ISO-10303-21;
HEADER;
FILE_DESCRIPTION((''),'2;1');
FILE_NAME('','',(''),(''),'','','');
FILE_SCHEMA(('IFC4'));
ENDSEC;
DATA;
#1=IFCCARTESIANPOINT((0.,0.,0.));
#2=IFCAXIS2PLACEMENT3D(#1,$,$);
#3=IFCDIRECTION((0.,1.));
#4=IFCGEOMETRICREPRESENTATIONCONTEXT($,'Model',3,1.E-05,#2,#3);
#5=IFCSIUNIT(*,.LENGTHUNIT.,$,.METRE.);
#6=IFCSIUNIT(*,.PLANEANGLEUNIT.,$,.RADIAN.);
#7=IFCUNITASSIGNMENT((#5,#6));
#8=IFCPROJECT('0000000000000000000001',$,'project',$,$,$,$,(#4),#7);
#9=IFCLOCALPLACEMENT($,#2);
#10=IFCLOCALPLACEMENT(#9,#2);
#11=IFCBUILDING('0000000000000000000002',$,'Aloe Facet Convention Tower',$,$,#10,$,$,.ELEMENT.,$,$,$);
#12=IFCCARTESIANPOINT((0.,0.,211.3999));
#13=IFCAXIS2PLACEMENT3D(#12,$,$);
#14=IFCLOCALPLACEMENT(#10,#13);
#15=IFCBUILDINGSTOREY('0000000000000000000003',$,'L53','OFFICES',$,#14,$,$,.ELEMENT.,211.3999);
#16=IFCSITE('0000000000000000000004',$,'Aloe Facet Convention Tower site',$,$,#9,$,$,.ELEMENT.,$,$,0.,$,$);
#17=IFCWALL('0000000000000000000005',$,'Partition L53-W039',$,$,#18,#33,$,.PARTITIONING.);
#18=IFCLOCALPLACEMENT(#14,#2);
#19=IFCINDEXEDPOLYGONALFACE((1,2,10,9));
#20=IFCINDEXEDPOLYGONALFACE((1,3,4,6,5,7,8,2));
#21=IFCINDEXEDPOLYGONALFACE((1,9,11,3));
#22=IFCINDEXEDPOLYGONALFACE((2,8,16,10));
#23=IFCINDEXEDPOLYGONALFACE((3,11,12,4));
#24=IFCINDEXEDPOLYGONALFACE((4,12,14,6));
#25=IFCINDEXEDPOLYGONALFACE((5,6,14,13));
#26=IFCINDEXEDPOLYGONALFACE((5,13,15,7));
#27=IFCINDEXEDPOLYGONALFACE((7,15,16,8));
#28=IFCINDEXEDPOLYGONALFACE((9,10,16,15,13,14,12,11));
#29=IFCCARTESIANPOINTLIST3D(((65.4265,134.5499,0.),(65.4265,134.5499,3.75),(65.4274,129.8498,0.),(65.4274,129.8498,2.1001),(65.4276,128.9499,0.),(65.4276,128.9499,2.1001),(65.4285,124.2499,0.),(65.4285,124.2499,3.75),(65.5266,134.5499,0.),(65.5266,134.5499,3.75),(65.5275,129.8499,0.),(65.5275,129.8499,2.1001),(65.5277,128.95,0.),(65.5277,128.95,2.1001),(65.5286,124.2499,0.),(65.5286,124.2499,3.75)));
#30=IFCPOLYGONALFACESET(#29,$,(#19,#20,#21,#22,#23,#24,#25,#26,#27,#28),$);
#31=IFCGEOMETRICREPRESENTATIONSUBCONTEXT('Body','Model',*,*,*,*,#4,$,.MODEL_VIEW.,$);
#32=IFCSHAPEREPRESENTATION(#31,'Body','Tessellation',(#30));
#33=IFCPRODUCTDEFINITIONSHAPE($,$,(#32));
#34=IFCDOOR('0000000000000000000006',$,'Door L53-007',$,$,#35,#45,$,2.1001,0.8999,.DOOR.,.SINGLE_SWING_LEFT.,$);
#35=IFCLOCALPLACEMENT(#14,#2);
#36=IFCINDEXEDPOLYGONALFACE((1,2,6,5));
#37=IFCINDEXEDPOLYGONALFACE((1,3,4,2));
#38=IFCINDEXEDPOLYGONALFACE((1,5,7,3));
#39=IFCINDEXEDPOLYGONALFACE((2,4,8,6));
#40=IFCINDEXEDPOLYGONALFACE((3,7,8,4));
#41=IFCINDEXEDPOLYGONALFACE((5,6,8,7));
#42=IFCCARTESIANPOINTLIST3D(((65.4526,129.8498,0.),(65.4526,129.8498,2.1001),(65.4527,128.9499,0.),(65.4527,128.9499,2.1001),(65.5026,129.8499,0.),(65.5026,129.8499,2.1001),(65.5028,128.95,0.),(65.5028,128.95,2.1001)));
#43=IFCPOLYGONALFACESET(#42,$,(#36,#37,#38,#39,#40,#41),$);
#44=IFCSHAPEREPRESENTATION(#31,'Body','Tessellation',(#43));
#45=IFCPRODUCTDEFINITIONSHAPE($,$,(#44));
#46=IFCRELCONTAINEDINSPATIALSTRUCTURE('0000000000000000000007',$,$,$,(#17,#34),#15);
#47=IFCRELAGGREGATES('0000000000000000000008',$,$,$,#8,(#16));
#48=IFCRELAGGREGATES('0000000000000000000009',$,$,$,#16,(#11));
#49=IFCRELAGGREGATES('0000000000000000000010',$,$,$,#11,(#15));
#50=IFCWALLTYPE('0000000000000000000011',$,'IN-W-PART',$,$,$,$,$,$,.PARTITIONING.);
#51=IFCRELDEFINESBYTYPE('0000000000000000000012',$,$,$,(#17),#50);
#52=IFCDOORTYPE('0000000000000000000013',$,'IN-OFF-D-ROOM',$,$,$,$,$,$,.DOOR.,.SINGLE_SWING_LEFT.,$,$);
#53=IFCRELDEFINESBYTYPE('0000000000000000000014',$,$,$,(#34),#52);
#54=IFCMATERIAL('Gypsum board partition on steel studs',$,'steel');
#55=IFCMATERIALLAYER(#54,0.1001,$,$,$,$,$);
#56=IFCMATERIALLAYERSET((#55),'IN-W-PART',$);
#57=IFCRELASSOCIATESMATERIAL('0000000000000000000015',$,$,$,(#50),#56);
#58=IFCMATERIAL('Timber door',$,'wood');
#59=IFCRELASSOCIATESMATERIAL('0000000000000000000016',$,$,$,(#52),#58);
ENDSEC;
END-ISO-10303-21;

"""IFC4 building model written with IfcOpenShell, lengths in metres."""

from ifc_helpers import new_model, si_unit, direction, frame, frame_2d, origin, place, context, subcontext, project, spatial, rectangle, extrude, material, layer, layer_set, type_object, element, fill, save


model = new_model("IFC4")

# Units and contexts
model_context = context("Model", 3, precision=1e-05, world=origin(), true_north=direction((0.0, 1.0)))
body_context = subcontext(model_context, "Body", "Model", "MODEL_VIEW")
ifc_project = project(units=[si_unit("LENGTHUNIT", "METRE"), si_unit("PLANEANGLEUNIT", "RADIAN")], contexts=[model_context])

# Site, building, storey
site_placement = place(None, origin())
site = spatial("IfcSite", under=ifc_project, at=site_placement, Name="Aloe Facet Convention Tower site", CompositionType="ELEMENT", RefElevation=0.0)
building_placement = place(site_placement, origin())
building = spatial("IfcBuilding", under=site, at=building_placement, Name="Aloe Facet Convention Tower", CompositionType="ELEMENT")
storey_placement = place(building_placement, frame((0.0, 0.0, 211.3999)))
storey = spatial("IfcBuildingStorey", under=building, at=storey_placement, Name="L53", Description="OFFICES", CompositionType="ELEMENT", Elevation=211.3999)

# Shared definitions
ifc_material_1 = material(Name="Gypsum board partition on steel studs", Category="steel")
ifc_layer_1 = layer(ifc_material_1, 0.1001)
ifc_layer_set_1 = layer_set([ifc_layer_1], Name="IN-W-PART")
wall_type_1 = type_object("IfcWallType", Name="IN-W-PART", PredefinedType="PARTITIONING", material=ifc_layer_set_1)

# Wall, opening, door
wall_1_placement = place(storey_placement, frame((65.4785, 124.25, 0.0), z_axis=(0.0, 0.0, 1.0), x_axis=(-0.00019, 1.0, 0.0)))
wall_1 = element("IfcWall", 1, at=wall_1_placement, inside=storey, type_object=wall_type_1, Name="Partition L53-W039", PredefinedType="PARTITIONING", context=body_context, shape_type="SweptSolid", body=[
    extrude(rectangle(XDim=10.3, YDim=0.1001, at=frame_2d((5.1499, 0.0))), origin(), (0.0, 0.0, 1.0), 3.75),
])
opening_1_placement = place(wall_1_placement, frame((4.7, 0.0, 0.0)))
opening_1 = element("IfcOpeningElement", 2, at=opening_1_placement, cuts=wall_1, PredefinedType="OPENING", context=body_context, shape_type="SweptSolid", body=[
    extrude(rectangle(XDim=0.8999, YDim=2.1001, at=frame_2d((0.45, 1.05))), frame((0.0, 0.0601, 0.0), z_axis=(0.0, -1.0, 0.0), x_axis=(1.0, 0.0, 0.0)), (0.0, 0.0, 1.0), 0.1201),
])
ifc_material_2 = material(Name="Timber door", Category="wood")
door_type_1 = type_object("IfcDoorType", Name="IN-OFF-D-ROOM", OperationType="SINGLE_SWING_LEFT", PredefinedType="DOOR", material=ifc_material_2)
door_1_placement = place(opening_1_placement, origin())
door_1 = element("IfcDoor", 3, at=door_1_placement, inside=storey, type_object=door_type_1, Name="Door L53-007", OperationType="SINGLE_SWING_LEFT", OverallHeight=2.1001, OverallWidth=0.8999, PredefinedType="DOOR", context=body_context, shape_type="SweptSolid", body=[
    extrude(rectangle(XDim=0.8999, YDim=2.1001, at=frame_2d((0.45, 1.05))), frame((0.0, 0.0249, 0.0), z_axis=(0.0, -1.0, 0.0), x_axis=(1.0, 0.0, 0.0)), (0.0, 0.0, 1.0), 0.05),
])
fill(opening_1, door_1)

save(model, "model.ifc")
